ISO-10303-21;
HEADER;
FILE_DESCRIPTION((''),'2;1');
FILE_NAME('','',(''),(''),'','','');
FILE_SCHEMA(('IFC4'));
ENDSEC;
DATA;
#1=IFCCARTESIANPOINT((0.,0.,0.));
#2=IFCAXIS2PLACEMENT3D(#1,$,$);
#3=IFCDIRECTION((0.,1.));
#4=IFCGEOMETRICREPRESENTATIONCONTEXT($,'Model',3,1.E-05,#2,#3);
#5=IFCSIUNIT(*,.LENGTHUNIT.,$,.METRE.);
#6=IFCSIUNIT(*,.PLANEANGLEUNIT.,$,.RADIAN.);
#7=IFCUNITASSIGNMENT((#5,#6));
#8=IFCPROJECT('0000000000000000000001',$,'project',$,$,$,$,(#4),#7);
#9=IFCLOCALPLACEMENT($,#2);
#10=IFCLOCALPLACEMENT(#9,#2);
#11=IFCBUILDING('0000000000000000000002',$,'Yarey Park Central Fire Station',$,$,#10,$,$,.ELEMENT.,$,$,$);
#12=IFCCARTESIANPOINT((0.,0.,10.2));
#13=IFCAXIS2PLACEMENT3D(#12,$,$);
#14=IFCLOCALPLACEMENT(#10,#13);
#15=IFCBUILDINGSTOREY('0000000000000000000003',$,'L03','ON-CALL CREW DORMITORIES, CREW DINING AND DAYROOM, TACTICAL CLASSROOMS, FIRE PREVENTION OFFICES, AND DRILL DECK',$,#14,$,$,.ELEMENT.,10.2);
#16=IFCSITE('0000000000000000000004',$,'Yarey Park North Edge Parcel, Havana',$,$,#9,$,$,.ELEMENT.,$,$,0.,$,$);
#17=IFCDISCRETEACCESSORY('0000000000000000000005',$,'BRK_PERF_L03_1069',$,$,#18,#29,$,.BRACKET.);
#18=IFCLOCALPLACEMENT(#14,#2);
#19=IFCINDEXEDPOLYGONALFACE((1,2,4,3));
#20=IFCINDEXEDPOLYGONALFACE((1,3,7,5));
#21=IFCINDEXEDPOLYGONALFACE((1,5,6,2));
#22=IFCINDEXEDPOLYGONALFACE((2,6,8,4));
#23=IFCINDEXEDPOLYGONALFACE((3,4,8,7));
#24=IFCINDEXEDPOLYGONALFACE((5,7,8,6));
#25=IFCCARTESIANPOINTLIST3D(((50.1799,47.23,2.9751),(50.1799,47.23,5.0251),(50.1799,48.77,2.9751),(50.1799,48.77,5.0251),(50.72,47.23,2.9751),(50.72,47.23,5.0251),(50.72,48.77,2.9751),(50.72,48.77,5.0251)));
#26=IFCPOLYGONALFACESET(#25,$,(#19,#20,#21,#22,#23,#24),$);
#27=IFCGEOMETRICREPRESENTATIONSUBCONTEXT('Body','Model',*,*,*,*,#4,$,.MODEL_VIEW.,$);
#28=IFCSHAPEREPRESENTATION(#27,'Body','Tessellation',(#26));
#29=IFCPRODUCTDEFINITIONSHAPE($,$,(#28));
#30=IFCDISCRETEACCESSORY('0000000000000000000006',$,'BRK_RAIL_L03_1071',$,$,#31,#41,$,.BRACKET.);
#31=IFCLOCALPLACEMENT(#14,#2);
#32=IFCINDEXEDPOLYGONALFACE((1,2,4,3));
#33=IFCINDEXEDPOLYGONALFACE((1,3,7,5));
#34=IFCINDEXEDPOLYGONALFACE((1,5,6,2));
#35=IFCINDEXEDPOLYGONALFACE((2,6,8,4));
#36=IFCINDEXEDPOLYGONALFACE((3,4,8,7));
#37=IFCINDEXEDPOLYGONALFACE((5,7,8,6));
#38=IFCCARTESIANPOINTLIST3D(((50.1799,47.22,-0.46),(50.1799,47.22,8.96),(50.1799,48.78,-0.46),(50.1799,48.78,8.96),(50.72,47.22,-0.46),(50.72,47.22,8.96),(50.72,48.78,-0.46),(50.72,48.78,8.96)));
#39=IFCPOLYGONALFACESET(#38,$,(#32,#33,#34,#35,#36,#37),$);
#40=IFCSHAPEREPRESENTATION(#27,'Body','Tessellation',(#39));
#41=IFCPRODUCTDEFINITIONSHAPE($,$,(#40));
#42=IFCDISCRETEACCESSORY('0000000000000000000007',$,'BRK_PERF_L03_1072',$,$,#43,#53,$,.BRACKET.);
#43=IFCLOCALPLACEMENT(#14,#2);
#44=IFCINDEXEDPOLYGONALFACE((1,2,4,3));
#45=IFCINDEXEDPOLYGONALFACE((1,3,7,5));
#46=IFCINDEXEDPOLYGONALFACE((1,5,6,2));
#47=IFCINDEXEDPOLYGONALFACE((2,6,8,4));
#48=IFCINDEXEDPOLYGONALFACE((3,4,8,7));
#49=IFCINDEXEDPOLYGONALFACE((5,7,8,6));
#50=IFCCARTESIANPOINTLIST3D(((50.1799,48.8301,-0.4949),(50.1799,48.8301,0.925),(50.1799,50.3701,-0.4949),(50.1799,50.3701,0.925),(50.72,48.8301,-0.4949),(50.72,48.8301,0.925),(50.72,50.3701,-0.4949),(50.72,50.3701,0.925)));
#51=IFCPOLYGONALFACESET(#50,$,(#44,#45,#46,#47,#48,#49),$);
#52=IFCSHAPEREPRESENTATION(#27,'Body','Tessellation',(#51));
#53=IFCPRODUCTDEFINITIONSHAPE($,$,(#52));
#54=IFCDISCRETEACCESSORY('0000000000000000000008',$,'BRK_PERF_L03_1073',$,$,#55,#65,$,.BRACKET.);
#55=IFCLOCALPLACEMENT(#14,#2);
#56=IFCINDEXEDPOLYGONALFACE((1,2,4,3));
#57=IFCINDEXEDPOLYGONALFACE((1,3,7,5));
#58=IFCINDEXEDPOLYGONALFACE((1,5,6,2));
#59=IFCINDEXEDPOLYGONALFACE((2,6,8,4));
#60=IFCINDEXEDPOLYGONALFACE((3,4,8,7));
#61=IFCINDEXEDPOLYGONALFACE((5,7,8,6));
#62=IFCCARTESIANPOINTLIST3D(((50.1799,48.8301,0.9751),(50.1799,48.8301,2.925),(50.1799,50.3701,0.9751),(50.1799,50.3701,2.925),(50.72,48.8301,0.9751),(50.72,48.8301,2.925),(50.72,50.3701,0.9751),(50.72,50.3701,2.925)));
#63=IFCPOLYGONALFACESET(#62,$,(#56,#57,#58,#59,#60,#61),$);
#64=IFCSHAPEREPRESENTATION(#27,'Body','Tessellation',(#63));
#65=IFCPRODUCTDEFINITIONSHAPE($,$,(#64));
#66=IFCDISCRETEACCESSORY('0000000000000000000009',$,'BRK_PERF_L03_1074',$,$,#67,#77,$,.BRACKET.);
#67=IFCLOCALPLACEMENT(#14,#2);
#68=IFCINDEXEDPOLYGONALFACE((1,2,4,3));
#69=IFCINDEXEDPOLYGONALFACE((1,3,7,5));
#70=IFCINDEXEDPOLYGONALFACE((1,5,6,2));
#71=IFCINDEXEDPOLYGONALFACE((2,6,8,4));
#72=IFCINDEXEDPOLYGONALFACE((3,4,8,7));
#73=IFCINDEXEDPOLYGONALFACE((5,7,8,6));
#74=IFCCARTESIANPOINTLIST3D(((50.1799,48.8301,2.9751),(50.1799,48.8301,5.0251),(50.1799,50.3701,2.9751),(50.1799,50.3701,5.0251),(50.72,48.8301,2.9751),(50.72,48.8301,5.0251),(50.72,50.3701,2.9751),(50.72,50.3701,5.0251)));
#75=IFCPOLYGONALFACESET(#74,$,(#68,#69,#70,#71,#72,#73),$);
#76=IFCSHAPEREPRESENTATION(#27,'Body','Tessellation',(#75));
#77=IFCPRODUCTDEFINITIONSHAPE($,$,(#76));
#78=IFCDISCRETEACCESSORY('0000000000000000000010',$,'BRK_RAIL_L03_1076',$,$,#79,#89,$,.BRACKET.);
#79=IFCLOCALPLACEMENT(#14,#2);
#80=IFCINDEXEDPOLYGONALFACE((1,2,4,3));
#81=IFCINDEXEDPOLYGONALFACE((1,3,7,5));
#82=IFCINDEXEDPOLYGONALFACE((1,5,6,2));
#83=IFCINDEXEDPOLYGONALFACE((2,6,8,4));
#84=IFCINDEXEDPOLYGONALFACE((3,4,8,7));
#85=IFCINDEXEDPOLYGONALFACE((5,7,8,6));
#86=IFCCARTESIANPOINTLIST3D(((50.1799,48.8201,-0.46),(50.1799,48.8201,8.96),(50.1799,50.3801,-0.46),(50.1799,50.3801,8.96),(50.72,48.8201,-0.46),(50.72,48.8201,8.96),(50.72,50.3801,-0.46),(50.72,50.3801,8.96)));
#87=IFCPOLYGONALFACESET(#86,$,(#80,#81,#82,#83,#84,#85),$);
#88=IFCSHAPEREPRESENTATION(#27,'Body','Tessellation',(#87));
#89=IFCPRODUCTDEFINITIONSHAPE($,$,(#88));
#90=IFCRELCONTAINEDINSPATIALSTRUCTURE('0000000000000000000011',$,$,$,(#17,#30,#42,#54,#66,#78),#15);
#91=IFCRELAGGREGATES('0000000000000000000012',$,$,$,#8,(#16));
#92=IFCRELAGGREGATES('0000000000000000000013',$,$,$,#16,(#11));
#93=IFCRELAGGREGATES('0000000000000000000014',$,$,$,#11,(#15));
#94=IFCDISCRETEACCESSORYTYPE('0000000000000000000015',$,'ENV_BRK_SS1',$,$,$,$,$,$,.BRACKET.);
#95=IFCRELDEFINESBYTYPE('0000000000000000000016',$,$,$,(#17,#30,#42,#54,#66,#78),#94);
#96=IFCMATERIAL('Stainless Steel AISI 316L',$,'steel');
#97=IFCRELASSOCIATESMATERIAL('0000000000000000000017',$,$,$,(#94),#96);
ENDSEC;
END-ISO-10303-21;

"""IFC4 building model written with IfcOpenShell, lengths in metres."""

from ifc_helpers import new_model, si_unit, direction, frame, origin, origin_2d, place, context, subcontext, project, spatial, rectangle, extrude, material, type_object, element, save


model = new_model("IFC4")

# Units and contexts
model_context = context("Model", 3, precision=1e-05, world=origin(), true_north=direction((0.0, 1.0)))
body_context = subcontext(model_context, "Body", "Model", "MODEL_VIEW")
ifc_project = project(units=[si_unit("LENGTHUNIT", "METRE"), si_unit("PLANEANGLEUNIT", "RADIAN")], contexts=[model_context])

# Site, building, storey
site_placement = place(None, origin())
site = spatial("IfcSite", under=ifc_project, at=site_placement, Name="Yarey Park North Edge Parcel, Havana", CompositionType="ELEMENT", RefElevation=0.0)
building_placement = place(site_placement, origin())
building = spatial("IfcBuilding", under=site, at=building_placement, Name="Yarey Park Central Fire Station", CompositionType="ELEMENT")
storey_placement = place(building_placement, frame((0.0, 0.0, 10.2)))
storey = spatial("IfcBuildingStorey", under=building, at=storey_placement, Name="L03", Description="ON-CALL CREW DORMITORIES, CREW DINING AND DAYROOM, TACTICAL CLASSROOMS, FIRE PREVENTION OFFICES, AND DRILL DECK", CompositionType="ELEMENT", Elevation=10.2)

# Discrete accessories
ifc_material_1 = material(Name="Stainless Steel AISI 316L", Category="steel")
discrete_accessory_type = type_object("IfcDiscreteAccessoryType", Name="ENV_BRK_SS1", PredefinedType="BRACKET", material=ifc_material_1)
discrete_accessory_1_placement = place(storey_placement, frame((50.45, 48.0, 2.9751), z_axis=(0.0, 0.0, 1.0), x_axis=(1.0, 0.0, 0.0)))
element("IfcDiscreteAccessory", 1, at=discrete_accessory_1_placement, inside=storey, type_object=discrete_accessory_type, Name="BRK_PERF_L03_1069", PredefinedType="BRACKET", context=body_context, shape_type="SweptSolid", body=[
    extrude(rectangle(XDim=0.54, YDim=1.54, at=origin_2d()), origin(), (0.0, 0.0, 1.0), 2.05),
])
discrete_accessory_2_placement = place(storey_placement, frame((50.45, 48.0, -0.46), z_axis=(0.0, 0.0, 1.0), x_axis=(1.0, 0.0, 0.0)))
element("IfcDiscreteAccessory", 2, at=discrete_accessory_2_placement, inside=storey, type_object=discrete_accessory_type, Name="BRK_RAIL_L03_1071", PredefinedType="BRACKET", context=body_context, shape_type="SweptSolid", body=[
    extrude(rectangle(XDim=0.54, YDim=1.5601, at=origin_2d()), origin(), (0.0, 0.0, 1.0), 9.4199),
])
discrete_accessory_3_placement = place(storey_placement, frame((50.45, 49.6001, -0.4949), z_axis=(0.0, 0.0, 1.0), x_axis=(1.0, 0.0, 0.0)))
element("IfcDiscreteAccessory", 3, at=discrete_accessory_3_placement, inside=storey, type_object=discrete_accessory_type, Name="BRK_PERF_L03_1072", PredefinedType="BRACKET", context=body_context, shape_type="SweptSolid", body=[
    extrude(rectangle(XDim=0.54, YDim=1.54, at=origin_2d()), origin(), (0.0, 0.0, 1.0), 1.4199),
])
discrete_accessory_4_placement = place(storey_placement, frame((50.45, 49.6001, 0.9751), z_axis=(0.0, 0.0, 1.0), x_axis=(1.0, 0.0, 0.0)))
element("IfcDiscreteAccessory", 4, at=discrete_accessory_4_placement, inside=storey, type_object=discrete_accessory_type, Name="BRK_PERF_L03_1073", PredefinedType="BRACKET", context=body_context, shape_type="SweptSolid", body=[
    extrude(rectangle(XDim=0.54, YDim=1.54, at=origin_2d()), origin(), (0.0, 0.0, 1.0), 1.95),
])
discrete_accessory_5_placement = place(storey_placement, frame((50.45, 49.6001, 2.9751), z_axis=(0.0, 0.0, 1.0), x_axis=(1.0, 0.0, 0.0)))
element("IfcDiscreteAccessory", 5, at=discrete_accessory_5_placement, inside=storey, type_object=discrete_accessory_type, Name="BRK_PERF_L03_1074", PredefinedType="BRACKET", context=body_context, shape_type="SweptSolid", body=[
    extrude(rectangle(XDim=0.54, YDim=1.54, at=origin_2d()), origin(), (0.0, 0.0, 1.0), 2.05),
])
discrete_accessory_6_placement = place(storey_placement, frame((50.45, 49.6001, -0.46), z_axis=(0.0, 0.0, 1.0), x_axis=(1.0, 0.0, 0.0)))
element("IfcDiscreteAccessory", 6, at=discrete_accessory_6_placement, inside=storey, type_object=discrete_accessory_type, Name="BRK_RAIL_L03_1076", PredefinedType="BRACKET", context=body_context, shape_type="SweptSolid", body=[
    extrude(rectangle(XDim=0.54, YDim=1.5601, at=origin_2d()), origin(), (0.0, 0.0, 1.0), 9.4199),
])

save(model, "model.ifc")
